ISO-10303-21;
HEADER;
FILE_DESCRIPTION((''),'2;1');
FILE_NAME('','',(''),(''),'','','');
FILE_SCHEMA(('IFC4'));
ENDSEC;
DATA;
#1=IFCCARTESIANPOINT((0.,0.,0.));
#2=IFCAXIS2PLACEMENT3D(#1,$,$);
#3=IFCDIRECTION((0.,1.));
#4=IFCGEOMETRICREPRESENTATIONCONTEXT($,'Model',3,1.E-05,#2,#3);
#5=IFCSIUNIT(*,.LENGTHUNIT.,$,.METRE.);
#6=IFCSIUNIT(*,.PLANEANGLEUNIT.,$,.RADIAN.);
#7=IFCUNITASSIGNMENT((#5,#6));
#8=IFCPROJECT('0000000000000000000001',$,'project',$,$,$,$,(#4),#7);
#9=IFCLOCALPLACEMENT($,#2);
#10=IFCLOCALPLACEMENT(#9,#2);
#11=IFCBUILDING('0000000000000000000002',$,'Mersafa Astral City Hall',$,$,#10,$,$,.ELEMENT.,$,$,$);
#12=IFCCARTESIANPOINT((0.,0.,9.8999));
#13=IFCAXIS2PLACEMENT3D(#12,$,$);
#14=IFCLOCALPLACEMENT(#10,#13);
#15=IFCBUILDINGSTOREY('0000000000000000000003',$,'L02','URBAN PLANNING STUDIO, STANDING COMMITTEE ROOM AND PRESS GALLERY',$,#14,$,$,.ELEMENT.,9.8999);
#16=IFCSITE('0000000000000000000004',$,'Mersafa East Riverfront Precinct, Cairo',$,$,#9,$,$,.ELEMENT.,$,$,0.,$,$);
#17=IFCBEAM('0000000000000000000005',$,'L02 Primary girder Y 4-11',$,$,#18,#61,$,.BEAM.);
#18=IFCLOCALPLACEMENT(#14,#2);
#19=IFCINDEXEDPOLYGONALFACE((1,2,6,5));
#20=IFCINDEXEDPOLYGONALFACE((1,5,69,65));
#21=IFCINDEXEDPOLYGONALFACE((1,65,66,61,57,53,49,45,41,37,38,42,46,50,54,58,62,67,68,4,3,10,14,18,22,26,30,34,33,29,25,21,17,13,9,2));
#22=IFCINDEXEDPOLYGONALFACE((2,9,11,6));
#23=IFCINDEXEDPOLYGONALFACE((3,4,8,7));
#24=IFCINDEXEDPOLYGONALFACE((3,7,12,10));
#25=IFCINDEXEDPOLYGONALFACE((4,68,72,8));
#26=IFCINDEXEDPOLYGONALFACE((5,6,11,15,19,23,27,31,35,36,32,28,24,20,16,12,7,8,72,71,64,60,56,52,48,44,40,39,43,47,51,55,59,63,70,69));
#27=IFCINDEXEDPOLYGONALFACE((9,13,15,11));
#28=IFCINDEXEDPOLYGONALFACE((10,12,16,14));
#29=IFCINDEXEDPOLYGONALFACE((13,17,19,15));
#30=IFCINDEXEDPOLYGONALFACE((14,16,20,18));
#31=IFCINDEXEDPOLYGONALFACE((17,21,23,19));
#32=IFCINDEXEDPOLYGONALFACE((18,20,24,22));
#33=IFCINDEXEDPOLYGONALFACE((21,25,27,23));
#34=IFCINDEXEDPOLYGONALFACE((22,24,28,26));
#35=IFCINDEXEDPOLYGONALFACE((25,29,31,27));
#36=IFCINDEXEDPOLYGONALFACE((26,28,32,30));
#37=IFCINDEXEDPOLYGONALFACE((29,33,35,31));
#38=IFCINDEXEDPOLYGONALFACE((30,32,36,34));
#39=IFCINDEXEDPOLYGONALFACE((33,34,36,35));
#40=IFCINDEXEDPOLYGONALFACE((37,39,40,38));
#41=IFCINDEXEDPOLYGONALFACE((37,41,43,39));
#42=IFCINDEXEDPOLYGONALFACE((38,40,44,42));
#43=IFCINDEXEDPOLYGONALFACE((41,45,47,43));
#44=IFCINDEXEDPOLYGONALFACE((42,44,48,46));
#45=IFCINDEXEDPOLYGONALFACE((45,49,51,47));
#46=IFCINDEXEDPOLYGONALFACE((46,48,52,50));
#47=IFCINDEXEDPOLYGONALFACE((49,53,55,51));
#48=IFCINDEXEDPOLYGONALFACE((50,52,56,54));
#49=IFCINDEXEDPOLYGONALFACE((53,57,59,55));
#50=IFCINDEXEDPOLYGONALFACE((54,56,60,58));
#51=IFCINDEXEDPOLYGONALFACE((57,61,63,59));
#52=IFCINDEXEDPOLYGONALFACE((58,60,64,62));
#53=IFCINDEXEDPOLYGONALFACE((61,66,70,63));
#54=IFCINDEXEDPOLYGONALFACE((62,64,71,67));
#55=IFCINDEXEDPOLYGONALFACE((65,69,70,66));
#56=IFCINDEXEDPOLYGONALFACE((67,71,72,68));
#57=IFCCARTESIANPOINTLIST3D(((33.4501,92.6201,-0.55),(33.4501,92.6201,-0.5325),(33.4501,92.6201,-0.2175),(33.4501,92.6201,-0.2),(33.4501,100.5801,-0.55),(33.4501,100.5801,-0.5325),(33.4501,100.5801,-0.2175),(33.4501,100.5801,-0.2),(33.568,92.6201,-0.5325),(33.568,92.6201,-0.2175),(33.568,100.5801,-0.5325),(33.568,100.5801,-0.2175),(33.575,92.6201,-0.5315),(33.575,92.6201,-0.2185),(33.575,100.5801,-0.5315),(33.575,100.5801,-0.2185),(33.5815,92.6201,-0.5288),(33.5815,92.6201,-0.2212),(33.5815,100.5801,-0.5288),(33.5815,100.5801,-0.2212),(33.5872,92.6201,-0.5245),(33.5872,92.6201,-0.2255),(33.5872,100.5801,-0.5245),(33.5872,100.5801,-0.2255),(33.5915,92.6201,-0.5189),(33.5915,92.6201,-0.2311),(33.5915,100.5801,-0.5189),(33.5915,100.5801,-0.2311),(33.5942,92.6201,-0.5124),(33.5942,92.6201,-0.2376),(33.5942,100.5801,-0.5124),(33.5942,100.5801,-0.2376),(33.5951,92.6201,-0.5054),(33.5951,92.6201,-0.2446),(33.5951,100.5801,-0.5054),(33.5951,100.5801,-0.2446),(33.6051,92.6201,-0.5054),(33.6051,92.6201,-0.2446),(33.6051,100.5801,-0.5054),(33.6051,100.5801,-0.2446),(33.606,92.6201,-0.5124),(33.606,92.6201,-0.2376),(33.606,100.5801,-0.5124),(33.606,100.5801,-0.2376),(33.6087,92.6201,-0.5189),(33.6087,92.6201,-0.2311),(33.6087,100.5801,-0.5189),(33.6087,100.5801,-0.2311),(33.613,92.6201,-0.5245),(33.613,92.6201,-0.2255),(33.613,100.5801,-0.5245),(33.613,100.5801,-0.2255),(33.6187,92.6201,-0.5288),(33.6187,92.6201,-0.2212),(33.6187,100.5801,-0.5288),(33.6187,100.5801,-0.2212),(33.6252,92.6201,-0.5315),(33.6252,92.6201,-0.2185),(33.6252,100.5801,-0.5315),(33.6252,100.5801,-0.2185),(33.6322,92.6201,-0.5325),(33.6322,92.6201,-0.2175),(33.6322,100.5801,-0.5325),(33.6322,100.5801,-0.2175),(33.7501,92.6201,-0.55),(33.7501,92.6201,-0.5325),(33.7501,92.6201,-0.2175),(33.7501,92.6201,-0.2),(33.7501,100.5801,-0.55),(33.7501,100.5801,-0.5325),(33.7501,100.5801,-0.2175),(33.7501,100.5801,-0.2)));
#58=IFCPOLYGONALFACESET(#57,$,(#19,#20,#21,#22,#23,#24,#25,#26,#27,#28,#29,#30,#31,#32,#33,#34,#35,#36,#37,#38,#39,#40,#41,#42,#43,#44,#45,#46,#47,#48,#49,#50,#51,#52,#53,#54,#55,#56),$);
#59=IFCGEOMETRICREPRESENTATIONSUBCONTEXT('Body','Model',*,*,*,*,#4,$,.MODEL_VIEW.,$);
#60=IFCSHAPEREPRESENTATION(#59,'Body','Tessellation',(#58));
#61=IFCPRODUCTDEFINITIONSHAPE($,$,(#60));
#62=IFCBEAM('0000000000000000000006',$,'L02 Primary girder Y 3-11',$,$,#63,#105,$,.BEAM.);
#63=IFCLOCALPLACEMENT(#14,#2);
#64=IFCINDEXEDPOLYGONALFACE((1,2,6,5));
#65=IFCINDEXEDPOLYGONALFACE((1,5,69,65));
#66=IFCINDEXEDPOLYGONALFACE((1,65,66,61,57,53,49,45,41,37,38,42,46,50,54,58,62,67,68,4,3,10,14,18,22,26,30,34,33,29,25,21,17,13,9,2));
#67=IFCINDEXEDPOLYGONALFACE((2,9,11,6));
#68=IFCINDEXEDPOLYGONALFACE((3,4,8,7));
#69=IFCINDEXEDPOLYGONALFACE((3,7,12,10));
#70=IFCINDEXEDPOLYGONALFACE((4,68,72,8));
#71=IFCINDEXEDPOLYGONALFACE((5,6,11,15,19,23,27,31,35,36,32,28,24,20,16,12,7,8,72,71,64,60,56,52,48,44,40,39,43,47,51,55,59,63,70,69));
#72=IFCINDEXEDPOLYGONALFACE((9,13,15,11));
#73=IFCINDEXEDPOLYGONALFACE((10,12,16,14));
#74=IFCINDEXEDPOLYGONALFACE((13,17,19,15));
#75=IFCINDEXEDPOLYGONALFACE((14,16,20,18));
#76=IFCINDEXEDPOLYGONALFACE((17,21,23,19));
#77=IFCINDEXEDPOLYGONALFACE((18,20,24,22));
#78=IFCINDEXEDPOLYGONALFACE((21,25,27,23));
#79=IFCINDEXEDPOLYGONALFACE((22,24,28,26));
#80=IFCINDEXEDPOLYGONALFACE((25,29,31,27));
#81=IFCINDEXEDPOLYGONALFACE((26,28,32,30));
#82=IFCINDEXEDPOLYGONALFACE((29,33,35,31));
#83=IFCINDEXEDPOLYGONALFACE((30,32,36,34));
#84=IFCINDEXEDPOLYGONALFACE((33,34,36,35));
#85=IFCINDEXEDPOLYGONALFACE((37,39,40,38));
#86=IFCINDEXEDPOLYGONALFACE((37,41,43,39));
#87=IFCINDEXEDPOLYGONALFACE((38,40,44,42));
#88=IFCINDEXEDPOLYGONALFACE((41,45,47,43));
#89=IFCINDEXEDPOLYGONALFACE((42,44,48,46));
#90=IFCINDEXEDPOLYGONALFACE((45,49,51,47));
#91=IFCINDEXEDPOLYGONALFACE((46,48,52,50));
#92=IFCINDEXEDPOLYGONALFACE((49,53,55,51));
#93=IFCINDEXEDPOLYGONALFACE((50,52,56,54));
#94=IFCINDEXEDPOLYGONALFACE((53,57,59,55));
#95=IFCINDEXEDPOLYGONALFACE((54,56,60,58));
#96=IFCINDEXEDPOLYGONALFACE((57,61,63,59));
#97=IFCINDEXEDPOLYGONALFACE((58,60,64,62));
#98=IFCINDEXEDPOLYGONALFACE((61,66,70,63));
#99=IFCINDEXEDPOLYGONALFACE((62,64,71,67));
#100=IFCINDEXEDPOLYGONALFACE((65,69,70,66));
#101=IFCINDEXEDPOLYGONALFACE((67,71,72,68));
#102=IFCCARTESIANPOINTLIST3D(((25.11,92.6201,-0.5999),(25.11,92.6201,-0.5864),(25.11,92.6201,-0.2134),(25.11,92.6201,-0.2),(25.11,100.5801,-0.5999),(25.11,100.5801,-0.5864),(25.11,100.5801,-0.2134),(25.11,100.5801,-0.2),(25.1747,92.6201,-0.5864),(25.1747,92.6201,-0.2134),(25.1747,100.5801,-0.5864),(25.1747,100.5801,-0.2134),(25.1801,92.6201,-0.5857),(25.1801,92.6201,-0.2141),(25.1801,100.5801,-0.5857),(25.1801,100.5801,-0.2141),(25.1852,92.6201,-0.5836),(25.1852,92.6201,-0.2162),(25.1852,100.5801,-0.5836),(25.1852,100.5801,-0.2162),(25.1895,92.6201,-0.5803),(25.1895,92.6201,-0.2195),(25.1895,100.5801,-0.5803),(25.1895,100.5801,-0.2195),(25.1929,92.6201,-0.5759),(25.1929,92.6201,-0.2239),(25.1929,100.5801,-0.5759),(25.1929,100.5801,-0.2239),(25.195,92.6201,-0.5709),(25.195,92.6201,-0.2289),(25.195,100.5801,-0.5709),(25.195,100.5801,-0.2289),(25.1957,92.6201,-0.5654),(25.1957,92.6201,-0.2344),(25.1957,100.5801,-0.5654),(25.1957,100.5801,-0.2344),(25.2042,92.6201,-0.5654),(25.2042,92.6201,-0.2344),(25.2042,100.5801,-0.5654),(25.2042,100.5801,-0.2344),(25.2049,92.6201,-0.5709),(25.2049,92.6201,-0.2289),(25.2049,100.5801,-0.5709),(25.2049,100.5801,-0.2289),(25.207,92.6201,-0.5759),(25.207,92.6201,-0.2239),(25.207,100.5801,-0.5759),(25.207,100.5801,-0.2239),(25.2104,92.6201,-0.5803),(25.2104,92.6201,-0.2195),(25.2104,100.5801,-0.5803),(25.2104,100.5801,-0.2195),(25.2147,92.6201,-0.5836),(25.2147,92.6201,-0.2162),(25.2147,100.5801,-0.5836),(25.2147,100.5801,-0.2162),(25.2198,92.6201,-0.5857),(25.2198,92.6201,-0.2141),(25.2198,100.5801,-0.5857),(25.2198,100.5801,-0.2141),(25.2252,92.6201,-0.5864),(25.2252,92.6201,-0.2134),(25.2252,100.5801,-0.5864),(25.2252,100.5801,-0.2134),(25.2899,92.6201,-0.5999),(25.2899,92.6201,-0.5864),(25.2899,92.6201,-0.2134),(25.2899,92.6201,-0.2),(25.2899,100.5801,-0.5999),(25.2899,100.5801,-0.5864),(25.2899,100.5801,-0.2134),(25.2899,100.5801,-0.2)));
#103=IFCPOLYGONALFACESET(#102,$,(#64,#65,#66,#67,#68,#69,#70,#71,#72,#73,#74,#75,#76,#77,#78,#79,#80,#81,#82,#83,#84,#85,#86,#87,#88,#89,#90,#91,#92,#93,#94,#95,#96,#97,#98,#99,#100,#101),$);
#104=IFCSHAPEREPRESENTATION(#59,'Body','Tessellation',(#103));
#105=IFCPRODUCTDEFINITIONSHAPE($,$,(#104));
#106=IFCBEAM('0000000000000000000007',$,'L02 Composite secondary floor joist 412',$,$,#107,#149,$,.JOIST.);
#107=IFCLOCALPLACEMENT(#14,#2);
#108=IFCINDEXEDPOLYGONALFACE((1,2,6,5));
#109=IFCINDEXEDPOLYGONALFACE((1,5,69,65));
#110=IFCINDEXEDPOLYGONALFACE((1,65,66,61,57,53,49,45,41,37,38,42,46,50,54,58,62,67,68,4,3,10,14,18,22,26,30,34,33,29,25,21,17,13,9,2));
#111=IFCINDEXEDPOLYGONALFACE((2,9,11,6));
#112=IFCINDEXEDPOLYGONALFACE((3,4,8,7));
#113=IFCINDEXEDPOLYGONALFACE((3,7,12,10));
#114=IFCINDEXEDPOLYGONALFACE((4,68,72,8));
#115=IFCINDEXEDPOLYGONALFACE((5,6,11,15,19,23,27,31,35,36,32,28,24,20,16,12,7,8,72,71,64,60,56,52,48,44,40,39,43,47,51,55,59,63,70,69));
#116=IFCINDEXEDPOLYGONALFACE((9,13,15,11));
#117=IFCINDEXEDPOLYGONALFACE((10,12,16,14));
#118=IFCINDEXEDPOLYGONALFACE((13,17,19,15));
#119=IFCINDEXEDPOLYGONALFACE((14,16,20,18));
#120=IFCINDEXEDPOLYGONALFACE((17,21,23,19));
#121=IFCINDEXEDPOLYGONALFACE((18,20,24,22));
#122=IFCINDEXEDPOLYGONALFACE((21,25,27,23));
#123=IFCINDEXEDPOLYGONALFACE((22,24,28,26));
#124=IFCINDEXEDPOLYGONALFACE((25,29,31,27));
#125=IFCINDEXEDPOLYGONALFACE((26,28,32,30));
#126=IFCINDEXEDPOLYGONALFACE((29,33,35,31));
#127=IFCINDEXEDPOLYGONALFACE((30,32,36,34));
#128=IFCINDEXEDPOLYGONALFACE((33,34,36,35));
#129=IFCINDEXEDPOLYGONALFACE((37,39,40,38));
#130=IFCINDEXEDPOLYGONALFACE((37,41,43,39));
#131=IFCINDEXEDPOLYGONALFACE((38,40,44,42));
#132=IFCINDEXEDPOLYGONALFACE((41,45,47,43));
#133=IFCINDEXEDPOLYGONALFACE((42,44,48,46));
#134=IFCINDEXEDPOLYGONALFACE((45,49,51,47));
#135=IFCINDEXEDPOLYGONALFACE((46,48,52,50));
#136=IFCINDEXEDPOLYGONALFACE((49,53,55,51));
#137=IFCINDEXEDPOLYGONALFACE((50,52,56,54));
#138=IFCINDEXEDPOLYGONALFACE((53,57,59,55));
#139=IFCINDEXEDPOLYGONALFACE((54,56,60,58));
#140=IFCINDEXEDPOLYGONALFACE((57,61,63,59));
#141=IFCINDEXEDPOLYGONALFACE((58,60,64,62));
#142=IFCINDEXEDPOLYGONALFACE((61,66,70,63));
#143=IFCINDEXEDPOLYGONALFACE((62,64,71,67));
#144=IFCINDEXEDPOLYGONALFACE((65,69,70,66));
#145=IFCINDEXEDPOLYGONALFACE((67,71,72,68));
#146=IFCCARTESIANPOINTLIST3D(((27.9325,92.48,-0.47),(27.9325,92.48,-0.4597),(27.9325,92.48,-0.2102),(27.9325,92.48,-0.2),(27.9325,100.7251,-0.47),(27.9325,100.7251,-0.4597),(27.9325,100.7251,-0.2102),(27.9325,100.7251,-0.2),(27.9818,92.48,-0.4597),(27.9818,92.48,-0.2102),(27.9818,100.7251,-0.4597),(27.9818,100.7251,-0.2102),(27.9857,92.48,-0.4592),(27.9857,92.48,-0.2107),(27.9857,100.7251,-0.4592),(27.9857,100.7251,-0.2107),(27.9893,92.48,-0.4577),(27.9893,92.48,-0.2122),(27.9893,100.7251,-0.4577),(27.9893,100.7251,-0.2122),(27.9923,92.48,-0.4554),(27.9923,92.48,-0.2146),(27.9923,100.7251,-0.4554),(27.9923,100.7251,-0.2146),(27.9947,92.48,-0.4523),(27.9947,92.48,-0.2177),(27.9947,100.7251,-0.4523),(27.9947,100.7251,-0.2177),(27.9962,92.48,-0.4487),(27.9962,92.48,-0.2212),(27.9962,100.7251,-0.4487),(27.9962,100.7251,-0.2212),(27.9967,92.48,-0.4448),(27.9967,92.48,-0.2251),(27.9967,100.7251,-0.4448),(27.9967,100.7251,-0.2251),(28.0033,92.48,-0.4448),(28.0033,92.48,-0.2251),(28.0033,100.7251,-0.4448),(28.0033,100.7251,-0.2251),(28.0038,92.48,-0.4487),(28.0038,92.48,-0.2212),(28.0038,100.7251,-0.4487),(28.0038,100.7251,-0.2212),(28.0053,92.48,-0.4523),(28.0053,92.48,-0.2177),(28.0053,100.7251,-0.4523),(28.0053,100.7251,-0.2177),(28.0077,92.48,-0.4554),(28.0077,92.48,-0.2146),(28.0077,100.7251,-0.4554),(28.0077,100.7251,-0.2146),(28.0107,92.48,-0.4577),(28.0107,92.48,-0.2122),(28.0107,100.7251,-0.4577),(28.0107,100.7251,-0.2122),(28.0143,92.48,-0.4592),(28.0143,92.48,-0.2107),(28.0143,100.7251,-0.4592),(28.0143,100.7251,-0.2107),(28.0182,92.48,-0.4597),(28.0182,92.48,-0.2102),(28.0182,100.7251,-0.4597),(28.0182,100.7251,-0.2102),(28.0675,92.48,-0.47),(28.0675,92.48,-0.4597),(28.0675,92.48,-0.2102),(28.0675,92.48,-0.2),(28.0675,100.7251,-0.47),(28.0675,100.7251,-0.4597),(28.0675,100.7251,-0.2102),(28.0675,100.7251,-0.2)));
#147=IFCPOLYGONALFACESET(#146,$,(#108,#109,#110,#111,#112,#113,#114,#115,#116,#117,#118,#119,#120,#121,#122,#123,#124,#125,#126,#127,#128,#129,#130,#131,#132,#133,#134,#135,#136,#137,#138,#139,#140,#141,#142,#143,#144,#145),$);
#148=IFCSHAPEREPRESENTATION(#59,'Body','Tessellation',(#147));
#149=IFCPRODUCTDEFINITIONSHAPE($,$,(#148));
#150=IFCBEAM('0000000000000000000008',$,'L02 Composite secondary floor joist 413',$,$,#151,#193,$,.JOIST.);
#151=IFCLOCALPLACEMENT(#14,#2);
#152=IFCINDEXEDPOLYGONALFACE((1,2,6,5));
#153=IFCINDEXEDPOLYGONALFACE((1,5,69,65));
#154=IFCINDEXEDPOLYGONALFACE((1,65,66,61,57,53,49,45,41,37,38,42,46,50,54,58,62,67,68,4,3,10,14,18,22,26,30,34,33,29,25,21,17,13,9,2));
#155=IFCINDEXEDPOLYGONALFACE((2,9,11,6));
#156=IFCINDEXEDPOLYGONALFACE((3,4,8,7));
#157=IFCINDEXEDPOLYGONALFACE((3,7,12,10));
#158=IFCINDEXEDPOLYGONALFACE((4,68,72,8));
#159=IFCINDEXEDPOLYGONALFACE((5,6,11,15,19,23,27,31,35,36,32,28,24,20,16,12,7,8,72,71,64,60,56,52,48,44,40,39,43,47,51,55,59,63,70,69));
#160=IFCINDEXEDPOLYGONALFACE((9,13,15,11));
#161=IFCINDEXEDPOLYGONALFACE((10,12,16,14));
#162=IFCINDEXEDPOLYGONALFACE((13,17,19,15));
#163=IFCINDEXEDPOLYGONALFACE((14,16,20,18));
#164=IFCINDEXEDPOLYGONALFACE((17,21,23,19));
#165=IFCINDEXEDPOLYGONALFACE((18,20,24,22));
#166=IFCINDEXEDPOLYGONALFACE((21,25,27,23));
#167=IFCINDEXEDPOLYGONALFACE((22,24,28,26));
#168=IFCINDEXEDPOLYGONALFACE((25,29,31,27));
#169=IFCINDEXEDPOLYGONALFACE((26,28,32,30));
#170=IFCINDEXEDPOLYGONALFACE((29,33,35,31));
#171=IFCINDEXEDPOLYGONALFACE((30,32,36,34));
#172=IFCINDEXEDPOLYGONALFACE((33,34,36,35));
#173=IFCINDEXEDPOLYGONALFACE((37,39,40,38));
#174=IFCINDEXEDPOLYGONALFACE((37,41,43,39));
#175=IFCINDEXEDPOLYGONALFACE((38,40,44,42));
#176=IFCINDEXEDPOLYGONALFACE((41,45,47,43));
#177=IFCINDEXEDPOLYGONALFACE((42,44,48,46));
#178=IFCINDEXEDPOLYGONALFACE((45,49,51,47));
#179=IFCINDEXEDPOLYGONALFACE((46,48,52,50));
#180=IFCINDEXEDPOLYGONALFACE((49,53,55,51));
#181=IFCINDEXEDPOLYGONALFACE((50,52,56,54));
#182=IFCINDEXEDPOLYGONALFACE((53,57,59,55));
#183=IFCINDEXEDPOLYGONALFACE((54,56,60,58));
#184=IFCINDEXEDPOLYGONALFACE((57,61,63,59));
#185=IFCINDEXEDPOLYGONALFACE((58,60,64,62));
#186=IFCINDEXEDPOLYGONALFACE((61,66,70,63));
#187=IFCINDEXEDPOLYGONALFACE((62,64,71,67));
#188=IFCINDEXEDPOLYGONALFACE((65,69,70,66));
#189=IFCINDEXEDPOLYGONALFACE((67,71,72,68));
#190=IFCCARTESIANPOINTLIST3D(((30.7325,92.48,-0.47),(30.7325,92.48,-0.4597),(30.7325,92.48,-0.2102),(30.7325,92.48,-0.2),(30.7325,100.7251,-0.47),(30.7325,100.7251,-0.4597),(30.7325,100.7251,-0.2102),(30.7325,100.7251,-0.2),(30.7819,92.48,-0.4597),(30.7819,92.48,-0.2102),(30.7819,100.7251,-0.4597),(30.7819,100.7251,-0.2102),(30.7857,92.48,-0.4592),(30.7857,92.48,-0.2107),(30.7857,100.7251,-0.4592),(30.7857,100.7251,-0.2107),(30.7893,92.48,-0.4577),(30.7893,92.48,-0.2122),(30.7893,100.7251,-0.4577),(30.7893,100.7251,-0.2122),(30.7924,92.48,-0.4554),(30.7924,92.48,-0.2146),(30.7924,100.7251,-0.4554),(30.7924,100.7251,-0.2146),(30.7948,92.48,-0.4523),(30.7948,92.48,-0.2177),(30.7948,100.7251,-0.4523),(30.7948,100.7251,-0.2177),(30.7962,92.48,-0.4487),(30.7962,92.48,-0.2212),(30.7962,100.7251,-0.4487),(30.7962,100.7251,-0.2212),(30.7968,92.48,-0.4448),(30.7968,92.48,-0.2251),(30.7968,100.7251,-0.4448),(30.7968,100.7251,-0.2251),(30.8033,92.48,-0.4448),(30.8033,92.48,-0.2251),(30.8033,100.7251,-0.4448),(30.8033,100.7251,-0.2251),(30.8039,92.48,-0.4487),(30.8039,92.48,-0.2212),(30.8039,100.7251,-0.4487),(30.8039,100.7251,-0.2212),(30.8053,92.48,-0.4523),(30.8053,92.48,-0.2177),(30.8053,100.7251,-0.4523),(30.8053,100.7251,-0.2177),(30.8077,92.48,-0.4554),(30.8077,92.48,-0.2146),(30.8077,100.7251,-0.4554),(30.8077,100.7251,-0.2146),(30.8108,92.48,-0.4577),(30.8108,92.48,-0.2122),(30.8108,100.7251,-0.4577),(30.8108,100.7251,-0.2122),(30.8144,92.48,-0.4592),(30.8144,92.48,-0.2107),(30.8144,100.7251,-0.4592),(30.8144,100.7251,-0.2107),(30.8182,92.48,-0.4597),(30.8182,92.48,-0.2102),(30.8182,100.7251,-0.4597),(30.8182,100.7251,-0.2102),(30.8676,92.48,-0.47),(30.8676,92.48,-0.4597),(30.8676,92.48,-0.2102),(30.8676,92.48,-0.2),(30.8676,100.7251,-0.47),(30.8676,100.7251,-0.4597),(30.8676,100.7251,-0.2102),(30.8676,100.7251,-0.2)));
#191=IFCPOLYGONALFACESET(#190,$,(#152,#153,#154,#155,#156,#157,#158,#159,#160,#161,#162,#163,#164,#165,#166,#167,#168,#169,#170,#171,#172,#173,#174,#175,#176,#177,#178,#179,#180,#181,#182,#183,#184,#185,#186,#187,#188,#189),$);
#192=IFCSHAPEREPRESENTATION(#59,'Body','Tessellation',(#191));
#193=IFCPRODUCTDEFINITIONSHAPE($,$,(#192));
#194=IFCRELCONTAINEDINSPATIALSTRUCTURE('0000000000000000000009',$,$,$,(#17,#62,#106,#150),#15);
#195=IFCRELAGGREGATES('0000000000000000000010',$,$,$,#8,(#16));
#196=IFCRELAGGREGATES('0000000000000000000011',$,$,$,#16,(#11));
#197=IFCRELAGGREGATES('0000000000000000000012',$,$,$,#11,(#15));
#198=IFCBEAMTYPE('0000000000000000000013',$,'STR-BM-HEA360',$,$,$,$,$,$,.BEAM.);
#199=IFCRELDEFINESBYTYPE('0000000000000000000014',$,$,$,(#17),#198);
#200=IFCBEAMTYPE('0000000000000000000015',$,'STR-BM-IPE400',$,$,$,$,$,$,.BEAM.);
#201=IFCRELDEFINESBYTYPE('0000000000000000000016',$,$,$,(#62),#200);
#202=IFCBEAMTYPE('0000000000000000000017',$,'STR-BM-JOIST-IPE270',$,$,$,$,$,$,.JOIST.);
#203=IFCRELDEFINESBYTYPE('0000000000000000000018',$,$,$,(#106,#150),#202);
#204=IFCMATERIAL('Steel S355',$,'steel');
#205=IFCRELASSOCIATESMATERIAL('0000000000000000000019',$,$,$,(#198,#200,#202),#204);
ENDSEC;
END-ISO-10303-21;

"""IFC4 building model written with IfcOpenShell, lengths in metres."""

from ifc_helpers import new_model, si_unit, direction, frame, origin, origin_2d, place, context, subcontext, project, spatial, i_section, extrude, material, material_profile, profile_set, type_object, element, save


model = new_model("IFC4")

# Units and contexts
model_context = context("Model", 3, precision=1e-05, world=origin(), true_north=direction((0.0, 1.0)))
body_context = subcontext(model_context, "Body", "Model", "MODEL_VIEW")
ifc_project = project(units=[si_unit("LENGTHUNIT", "METRE"), si_unit("PLANEANGLEUNIT", "RADIAN")], contexts=[model_context])

# Site, building, storey
site_placement = place(None, origin())
site = spatial("IfcSite", under=ifc_project, at=site_placement, Name="Mersafa East Riverfront Precinct, Cairo", CompositionType="ELEMENT", RefElevation=0.0)
building_placement = place(site_placement, origin())
building = spatial("IfcBuilding", under=site, at=building_placement, Name="Mersafa Astral City Hall", CompositionType="ELEMENT")
storey_placement = place(building_placement, frame((0.0, 0.0, 9.8999)))
storey = spatial("IfcBuildingStorey", under=building, at=storey_placement, Name="L02", Description="URBAN PLANNING STUDIO, STANDING COMMITTEE ROOM AND PRESS GALLERY", CompositionType="ELEMENT", Elevation=9.8999)

# Shared definitions
ifc_material_1 = material(Name="Steel S355", Category="steel")

# Beams
ifc_material_profile_1 = material_profile(ifc_material_1, i_section(OverallWidth=0.3, OverallDepth=0.3501, WebThickness=0.01, FlangeThickness=0.0176, FilletRadius=0.0271, at=origin_2d()), Name="HEA 360")
ifc_profile_set_1 = profile_set([ifc_material_profile_1], Name="Steel S355")
beam_type_1 = type_object("IfcBeamType", Name="STR-BM-HEA360", PredefinedType="BEAM", material=ifc_profile_set_1)
beam_1_placement = place(storey_placement, frame((33.6001, 92.6201, -0.375), z_axis=(0.0, 1.0, 0.0), x_axis=(-1.0, 0.0, 0.0)))
element("IfcBeam", 1, at=beam_1_placement, inside=storey, type_object=beam_type_1, Name="L02 Primary girder Y 4-11", PredefinedType="BEAM", context=body_context, shape_type="SweptSolid", body=[
    extrude(i_section(OverallWidth=0.3, OverallDepth=0.3501, WebThickness=0.01, FlangeThickness=0.0176, FilletRadius=0.0271, at=origin_2d()), origin(), (0.0, 0.0, 1.0), 7.96),
])
ifc_material_profile_2 = material_profile(ifc_material_1, i_section(OverallWidth=0.1799, OverallDepth=0.3999, WebThickness=0.0085, FlangeThickness=0.0134, FilletRadius=0.021, at=origin_2d()), Name="IPE 400")
ifc_profile_set_2 = profile_set([ifc_material_profile_2], Name="Steel S355")
beam_type_2 = type_object("IfcBeamType", Name="STR-BM-IPE400", PredefinedType="BEAM", material=ifc_profile_set_2)
beam_2_placement = place(storey_placement, frame((25.2, 92.6201, -0.3999), z_axis=(0.0, 1.0, 0.0), x_axis=(-1.0, 0.0, 0.0)))
element("IfcBeam", 2, at=beam_2_placement, inside=storey, type_object=beam_type_2, Name="L02 Primary girder Y 3-11", PredefinedType="BEAM", context=body_context, shape_type="SweptSolid", body=[
    extrude(i_section(OverallWidth=0.1799, OverallDepth=0.3999, WebThickness=0.0085, FlangeThickness=0.0134, FilletRadius=0.021, at=origin_2d()), origin(), (0.0, 0.0, 1.0), 7.96),
])
ifc_material_profile_3 = material_profile(ifc_material_1, i_section(OverallWidth=0.135, OverallDepth=0.27, WebThickness=0.0066, FlangeThickness=0.0103, FilletRadius=0.0149, at=origin_2d()), Name="IPE 270")
ifc_profile_set_3 = profile_set([ifc_material_profile_3], Name="Steel S355")
beam_type_3 = type_object("IfcBeamType", Name="STR-BM-JOIST-IPE270", PredefinedType="JOIST", material=ifc_profile_set_3)
for number, where, z_axis, x_axis, name in (
    (3, (28.0, 92.48, -0.335), (0.0, 1.0, 0.0), (-1.0, 0.0, 0.0), "L02 Composite secondary floor joist 412"),
    (4, (30.8, 92.48, -0.335), (0.0, 1.0, 0.0), (-1.0, 0.0, 0.0), "L02 Composite secondary floor joist 413"),
):
    element("IfcBeam", number, at=place(storey_placement, frame(where, z_axis=z_axis, x_axis=x_axis)), inside=storey, type_object=beam_type_3, Name=name, PredefinedType="JOIST", context=body_context, shape_type="SweptSolid", body=[
        extrude(i_section(OverallWidth=0.135, OverallDepth=0.27, WebThickness=0.0066, FlangeThickness=0.0103, FilletRadius=0.0149, at=origin_2d()), origin(), (0.0, 0.0, 1.0), 8.2451),
    ])

save(model, "model.ifc")
